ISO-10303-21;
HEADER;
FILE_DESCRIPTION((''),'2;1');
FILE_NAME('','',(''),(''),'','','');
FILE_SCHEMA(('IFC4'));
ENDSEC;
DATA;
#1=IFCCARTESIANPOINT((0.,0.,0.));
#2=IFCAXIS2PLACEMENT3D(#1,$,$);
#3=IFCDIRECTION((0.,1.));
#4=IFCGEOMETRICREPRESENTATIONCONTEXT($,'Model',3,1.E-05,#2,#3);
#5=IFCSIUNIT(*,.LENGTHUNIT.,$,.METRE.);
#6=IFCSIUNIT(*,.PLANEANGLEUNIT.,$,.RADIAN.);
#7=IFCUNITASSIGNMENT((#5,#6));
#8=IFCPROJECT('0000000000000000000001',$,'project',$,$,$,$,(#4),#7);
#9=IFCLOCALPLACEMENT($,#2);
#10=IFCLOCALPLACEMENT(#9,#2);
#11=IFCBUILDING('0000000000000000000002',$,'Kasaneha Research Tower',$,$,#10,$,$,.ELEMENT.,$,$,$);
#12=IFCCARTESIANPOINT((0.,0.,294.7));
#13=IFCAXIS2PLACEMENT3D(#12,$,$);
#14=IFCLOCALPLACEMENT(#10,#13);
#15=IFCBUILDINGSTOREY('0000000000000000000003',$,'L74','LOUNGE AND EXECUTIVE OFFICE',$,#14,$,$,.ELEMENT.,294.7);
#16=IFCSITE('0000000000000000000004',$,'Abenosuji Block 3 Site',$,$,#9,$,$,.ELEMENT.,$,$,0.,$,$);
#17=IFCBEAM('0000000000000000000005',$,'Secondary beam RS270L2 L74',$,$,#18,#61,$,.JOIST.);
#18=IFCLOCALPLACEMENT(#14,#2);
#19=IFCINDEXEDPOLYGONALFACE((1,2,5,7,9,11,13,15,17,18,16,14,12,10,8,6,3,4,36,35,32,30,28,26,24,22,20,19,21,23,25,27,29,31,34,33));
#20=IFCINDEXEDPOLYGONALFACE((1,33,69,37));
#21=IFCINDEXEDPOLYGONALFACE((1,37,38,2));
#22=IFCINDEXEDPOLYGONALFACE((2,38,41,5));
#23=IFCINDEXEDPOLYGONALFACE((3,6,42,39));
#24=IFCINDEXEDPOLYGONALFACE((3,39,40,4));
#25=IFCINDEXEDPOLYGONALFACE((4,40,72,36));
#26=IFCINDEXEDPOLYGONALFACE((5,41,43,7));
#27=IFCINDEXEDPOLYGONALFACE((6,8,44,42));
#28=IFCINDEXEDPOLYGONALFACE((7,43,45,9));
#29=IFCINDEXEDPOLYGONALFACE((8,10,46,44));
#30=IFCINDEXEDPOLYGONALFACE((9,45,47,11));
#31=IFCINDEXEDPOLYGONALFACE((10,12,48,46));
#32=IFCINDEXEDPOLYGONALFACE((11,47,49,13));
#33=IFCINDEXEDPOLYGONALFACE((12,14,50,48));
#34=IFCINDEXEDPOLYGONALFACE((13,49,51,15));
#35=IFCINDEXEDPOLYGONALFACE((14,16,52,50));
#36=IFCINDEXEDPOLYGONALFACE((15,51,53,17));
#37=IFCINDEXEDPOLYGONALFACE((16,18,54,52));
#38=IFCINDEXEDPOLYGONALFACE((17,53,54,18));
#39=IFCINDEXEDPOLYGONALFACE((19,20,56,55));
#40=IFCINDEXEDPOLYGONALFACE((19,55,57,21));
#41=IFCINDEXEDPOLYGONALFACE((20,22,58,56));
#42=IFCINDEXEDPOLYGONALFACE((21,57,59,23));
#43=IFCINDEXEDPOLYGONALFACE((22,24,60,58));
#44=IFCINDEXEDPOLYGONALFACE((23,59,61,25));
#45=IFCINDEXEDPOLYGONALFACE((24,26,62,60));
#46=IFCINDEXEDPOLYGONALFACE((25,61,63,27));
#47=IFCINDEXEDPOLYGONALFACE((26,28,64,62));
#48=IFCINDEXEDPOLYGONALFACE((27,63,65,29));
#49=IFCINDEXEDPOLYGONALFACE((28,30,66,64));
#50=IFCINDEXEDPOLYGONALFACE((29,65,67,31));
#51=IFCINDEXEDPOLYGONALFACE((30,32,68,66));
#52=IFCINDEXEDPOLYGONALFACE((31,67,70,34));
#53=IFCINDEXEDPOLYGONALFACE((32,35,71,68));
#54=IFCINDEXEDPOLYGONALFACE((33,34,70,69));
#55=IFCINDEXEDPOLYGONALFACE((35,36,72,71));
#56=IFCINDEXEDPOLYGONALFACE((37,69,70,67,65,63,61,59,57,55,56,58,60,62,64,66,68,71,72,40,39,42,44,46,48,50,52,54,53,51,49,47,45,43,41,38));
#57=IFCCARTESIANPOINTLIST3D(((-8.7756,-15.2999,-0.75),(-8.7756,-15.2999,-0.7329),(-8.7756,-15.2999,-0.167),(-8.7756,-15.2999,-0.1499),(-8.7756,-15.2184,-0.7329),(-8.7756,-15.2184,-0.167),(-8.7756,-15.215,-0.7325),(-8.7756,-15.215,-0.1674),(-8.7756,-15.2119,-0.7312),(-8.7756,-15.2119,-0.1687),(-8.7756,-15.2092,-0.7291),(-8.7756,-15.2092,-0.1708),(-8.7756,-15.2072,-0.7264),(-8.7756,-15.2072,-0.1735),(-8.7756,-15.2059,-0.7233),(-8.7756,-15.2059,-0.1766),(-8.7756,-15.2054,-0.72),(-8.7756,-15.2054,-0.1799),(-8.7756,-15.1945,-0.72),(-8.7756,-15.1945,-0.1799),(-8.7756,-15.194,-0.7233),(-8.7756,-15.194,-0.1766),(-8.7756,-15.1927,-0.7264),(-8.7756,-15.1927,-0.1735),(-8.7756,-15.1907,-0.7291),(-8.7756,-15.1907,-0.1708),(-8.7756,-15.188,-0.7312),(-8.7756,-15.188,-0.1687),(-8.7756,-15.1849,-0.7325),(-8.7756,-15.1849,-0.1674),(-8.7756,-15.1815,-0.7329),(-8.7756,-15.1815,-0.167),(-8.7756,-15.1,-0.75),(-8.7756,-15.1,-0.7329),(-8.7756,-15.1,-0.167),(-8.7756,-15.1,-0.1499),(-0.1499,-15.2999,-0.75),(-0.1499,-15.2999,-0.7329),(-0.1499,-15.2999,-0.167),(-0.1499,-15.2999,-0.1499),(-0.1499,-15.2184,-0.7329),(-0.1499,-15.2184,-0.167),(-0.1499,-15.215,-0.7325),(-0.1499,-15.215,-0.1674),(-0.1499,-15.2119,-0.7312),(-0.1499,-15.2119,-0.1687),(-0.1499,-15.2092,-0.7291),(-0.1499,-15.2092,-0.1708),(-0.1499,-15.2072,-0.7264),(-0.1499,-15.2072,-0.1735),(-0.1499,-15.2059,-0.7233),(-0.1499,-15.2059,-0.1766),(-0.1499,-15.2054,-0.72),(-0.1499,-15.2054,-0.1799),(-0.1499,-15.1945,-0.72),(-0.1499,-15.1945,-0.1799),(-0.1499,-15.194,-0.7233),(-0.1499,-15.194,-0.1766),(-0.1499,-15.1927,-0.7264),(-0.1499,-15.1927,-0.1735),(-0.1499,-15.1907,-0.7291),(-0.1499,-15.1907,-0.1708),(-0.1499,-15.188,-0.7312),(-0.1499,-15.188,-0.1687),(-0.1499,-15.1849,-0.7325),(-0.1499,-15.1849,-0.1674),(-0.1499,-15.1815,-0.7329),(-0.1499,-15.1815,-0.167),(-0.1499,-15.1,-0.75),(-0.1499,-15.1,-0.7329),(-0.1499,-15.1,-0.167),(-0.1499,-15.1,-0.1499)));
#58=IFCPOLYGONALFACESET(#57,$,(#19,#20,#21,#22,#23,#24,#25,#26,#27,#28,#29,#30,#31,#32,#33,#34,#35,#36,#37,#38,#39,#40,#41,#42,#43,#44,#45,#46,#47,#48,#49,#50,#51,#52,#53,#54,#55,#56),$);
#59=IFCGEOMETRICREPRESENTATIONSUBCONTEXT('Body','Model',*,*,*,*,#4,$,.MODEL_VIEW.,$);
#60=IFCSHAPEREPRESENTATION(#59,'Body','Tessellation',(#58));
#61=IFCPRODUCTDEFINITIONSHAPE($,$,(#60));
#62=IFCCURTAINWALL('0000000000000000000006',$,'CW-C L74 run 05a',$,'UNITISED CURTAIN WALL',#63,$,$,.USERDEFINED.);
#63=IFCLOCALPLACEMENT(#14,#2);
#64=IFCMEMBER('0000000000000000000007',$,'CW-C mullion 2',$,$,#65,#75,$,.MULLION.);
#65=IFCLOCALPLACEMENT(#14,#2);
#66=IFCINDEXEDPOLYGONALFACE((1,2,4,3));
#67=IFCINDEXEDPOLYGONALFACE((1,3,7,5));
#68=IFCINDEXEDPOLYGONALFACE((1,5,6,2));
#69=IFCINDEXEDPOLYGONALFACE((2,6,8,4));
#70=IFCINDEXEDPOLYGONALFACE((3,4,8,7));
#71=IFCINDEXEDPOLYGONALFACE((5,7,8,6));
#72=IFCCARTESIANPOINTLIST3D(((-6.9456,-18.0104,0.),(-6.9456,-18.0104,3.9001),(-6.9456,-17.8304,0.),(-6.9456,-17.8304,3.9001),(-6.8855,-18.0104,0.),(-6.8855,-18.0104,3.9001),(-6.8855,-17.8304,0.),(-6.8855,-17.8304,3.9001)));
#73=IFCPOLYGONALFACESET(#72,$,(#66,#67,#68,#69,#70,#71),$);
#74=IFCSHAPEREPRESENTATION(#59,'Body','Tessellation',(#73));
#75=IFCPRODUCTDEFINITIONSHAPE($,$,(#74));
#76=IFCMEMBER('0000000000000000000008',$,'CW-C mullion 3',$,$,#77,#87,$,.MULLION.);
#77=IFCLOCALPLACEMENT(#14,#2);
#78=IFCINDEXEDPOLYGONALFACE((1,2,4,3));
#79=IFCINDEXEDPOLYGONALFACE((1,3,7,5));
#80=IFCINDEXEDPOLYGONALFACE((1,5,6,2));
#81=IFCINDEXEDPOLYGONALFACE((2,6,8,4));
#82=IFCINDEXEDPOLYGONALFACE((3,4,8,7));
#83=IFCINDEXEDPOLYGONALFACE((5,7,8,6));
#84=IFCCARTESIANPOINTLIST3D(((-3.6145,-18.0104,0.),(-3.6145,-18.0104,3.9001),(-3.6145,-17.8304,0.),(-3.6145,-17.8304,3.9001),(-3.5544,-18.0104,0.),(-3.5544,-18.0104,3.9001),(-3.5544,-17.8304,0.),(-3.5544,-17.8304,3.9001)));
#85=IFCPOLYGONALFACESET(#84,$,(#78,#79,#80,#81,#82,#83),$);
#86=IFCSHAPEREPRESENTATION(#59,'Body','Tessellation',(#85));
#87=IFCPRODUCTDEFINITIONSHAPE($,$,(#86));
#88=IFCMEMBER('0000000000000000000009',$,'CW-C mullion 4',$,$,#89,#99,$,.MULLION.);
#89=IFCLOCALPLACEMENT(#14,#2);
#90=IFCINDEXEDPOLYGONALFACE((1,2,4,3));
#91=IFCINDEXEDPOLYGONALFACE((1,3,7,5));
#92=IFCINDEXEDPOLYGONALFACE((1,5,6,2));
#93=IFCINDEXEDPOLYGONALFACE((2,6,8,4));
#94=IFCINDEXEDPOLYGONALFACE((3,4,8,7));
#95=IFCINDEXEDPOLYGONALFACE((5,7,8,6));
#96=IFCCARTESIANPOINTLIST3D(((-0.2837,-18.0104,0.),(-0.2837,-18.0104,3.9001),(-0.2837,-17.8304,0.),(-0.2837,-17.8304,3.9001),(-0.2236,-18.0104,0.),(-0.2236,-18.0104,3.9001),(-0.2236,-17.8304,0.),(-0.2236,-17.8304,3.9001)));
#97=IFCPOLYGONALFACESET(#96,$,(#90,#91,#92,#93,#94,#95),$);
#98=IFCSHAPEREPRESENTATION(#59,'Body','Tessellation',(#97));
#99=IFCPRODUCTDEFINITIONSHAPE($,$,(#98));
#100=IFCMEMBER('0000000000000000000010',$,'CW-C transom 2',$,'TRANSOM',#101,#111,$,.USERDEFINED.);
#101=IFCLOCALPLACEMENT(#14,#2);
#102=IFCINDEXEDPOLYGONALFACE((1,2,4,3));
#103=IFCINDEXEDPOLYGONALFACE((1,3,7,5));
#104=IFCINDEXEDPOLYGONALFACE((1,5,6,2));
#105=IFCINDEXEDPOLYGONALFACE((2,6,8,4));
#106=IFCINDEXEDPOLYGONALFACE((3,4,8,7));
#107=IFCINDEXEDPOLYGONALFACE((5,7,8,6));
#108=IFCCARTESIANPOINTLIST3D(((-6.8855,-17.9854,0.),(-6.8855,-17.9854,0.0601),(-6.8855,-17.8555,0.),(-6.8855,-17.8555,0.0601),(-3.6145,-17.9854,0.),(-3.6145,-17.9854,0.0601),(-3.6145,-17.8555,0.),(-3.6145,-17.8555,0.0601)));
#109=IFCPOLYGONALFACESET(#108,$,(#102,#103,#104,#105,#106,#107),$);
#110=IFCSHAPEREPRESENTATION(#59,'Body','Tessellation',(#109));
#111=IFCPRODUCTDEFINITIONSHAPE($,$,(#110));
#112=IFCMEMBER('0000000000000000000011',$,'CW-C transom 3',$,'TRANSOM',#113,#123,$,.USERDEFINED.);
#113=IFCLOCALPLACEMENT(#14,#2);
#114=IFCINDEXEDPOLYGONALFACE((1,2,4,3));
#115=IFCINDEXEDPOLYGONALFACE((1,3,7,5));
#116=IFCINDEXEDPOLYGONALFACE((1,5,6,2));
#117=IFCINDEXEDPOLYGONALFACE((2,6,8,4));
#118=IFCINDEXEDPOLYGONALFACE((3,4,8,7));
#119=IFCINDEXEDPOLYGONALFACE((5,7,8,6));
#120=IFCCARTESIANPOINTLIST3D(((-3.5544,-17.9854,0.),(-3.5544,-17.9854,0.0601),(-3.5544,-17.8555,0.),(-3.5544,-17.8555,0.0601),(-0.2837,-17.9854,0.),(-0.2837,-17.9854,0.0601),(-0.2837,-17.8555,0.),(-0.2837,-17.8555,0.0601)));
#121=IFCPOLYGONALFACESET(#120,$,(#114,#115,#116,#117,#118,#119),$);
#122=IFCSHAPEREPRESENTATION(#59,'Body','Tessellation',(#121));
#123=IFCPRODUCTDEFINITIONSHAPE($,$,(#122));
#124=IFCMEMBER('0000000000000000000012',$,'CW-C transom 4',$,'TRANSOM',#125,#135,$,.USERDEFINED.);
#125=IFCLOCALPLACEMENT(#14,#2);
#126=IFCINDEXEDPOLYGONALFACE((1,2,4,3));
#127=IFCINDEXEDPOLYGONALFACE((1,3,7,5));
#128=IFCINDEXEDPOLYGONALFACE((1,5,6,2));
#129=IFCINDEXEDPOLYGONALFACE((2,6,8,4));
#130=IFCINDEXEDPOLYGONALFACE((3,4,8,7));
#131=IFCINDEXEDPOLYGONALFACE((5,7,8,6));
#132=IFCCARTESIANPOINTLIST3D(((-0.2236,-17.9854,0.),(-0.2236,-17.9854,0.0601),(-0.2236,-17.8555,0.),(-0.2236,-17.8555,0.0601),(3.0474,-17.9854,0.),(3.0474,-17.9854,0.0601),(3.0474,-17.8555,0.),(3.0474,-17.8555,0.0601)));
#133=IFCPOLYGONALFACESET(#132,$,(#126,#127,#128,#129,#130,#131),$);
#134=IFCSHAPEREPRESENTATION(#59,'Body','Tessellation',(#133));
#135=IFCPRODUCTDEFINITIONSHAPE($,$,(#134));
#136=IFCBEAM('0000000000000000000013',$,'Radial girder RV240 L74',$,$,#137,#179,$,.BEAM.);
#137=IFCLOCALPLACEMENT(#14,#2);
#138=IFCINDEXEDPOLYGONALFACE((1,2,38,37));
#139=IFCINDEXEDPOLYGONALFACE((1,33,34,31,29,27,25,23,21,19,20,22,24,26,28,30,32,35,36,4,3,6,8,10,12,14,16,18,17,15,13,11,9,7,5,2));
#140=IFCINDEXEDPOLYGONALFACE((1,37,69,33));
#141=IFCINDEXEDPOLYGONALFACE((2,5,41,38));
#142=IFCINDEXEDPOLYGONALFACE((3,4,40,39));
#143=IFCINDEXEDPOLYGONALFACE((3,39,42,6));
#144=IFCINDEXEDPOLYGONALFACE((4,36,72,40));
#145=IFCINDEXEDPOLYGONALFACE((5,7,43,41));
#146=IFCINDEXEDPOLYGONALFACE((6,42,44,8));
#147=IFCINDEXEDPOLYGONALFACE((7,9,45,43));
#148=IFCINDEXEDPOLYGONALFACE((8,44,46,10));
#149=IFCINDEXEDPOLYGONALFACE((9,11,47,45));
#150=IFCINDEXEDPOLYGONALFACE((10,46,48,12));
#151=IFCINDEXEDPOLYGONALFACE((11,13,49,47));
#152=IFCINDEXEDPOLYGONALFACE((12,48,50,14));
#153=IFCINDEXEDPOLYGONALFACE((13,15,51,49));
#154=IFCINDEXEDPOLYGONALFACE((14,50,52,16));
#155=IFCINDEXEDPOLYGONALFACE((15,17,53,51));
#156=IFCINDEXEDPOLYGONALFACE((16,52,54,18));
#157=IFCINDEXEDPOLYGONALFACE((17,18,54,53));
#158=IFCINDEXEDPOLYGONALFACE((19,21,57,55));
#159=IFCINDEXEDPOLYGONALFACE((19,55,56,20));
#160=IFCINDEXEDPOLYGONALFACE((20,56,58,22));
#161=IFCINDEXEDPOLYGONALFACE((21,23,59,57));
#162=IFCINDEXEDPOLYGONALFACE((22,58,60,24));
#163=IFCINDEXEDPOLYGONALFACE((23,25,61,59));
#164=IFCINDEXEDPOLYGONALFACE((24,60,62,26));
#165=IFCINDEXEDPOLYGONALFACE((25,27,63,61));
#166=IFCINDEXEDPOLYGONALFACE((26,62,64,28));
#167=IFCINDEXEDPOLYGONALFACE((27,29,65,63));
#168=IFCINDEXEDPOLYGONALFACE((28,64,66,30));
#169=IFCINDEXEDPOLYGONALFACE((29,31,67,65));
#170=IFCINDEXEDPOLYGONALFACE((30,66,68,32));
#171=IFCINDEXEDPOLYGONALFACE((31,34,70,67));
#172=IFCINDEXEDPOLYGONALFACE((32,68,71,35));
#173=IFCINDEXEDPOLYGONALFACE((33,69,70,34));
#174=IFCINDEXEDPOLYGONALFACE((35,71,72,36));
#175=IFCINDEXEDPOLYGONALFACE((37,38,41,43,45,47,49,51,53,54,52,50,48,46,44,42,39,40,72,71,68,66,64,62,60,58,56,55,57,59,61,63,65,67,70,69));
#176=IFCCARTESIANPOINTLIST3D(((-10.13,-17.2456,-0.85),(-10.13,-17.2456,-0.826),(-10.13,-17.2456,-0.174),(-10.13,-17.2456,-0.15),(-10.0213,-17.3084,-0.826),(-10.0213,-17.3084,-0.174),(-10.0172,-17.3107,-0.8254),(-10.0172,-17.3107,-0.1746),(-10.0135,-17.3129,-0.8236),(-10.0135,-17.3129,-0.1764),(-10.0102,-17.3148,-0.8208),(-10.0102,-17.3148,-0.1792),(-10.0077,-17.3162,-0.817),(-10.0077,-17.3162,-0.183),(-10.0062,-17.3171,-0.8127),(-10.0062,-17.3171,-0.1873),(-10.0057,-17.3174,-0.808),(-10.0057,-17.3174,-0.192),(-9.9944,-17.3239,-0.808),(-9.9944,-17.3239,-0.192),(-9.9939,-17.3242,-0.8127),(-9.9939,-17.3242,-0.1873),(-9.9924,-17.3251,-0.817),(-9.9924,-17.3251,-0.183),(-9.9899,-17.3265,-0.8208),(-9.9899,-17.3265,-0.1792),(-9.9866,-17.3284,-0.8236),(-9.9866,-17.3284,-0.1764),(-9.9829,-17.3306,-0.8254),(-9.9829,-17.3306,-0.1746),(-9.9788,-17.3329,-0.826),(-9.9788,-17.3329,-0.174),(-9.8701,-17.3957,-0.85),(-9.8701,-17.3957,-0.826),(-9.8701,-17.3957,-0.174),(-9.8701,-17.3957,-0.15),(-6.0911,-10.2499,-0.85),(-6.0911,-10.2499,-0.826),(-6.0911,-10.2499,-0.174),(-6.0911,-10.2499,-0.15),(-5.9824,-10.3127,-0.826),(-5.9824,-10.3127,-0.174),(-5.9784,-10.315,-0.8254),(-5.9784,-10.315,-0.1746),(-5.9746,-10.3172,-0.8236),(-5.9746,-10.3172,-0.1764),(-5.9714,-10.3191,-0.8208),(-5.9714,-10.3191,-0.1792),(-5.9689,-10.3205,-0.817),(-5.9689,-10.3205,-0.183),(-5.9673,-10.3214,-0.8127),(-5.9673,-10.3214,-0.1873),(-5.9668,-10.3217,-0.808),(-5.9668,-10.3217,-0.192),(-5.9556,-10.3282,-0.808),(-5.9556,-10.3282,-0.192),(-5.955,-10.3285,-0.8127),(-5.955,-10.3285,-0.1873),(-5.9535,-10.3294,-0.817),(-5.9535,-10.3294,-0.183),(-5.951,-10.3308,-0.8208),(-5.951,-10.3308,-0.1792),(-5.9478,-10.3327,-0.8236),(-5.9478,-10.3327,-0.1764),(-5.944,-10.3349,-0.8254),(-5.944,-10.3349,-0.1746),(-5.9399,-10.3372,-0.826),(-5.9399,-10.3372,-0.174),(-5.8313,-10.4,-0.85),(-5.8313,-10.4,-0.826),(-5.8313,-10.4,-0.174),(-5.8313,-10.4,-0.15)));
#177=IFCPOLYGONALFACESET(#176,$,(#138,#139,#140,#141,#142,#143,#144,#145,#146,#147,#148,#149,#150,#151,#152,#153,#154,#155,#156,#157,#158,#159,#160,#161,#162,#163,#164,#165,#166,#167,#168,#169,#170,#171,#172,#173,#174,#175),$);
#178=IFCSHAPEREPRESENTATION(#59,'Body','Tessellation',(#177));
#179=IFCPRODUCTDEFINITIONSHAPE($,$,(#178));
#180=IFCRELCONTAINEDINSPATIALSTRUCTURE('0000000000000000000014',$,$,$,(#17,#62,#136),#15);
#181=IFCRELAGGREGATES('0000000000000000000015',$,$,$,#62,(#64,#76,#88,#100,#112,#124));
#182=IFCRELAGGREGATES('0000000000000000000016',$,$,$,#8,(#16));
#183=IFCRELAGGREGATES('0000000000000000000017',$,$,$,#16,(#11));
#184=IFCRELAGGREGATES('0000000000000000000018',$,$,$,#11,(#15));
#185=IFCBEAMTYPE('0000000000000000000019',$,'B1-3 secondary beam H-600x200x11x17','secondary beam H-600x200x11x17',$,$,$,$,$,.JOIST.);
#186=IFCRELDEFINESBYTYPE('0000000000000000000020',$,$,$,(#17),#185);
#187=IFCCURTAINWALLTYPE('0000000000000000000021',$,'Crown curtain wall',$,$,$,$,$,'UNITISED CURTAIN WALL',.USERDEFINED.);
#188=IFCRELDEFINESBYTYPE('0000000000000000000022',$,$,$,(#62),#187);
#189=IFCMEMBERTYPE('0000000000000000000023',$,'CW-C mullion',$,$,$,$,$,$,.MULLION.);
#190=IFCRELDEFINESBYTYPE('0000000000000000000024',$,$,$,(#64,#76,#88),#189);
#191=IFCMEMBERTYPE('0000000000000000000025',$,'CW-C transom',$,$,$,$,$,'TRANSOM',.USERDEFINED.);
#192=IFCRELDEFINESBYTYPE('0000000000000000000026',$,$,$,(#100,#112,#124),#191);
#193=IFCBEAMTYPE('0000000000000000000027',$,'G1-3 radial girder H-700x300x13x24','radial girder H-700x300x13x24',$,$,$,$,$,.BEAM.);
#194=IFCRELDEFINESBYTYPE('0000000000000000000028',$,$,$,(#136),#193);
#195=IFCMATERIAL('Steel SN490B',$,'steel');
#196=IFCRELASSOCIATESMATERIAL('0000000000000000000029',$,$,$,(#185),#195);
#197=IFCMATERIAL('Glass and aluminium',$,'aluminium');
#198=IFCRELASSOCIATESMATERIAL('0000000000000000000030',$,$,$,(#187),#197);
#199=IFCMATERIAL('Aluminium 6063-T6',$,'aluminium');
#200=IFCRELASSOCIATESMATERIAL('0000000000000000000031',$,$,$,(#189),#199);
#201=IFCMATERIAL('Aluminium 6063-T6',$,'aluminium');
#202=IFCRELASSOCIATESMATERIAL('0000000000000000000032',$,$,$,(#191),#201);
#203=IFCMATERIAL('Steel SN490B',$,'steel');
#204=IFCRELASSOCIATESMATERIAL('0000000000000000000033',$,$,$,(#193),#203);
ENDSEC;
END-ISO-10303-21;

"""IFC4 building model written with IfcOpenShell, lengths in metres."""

from ifc_helpers import new_model, si_unit, direction, frame, origin, origin_2d, place, context, subcontext, project, spatial, rectangle, i_section, extrude, material, material_profile, profile_set, type_object, element, aggregate, save


model = new_model("IFC4")

# Units and contexts
model_context = context("Model", 3, precision=1e-05, world=origin(), true_north=direction((0.0, 1.0)))
body_context = subcontext(model_context, "Body", "Model", "MODEL_VIEW")
ifc_project = project(units=[si_unit("LENGTHUNIT", "METRE"), si_unit("PLANEANGLEUNIT", "RADIAN")], contexts=[model_context])

# Site, building, storey
site_placement = place(None, origin())
site = spatial("IfcSite", under=ifc_project, at=site_placement, Name="Abenosuji Block 3 Site", CompositionType="ELEMENT", RefElevation=0.0)
building_placement = place(site_placement, origin())
building = spatial("IfcBuilding", under=site, at=building_placement, Name="Kasaneha Research Tower", CompositionType="ELEMENT")
storey_placement = place(building_placement, frame((0.0, 0.0, 294.7)))
storey = spatial("IfcBuildingStorey", under=building, at=storey_placement, Name="L74", Description="LOUNGE AND EXECUTIVE OFFICE", CompositionType="ELEMENT", Elevation=294.7)

# Beam
ifc_material_1 = material(Name="Steel SN490B", Category="steel")
ifc_material_profile_1 = material_profile(ifc_material_1, i_section(OverallWidth=0.2, OverallDepth=0.6001, WebThickness=0.011, FlangeThickness=0.0171, FilletRadius=0.0129, at=origin_2d()), Name="H-600x200x11x17")
ifc_profile_set_1 = profile_set([ifc_material_profile_1], Name="Steel SN490B")
beam_type_1 = type_object("IfcBeamType", Name="B1-3 secondary beam H-600x200x11x17", Description="secondary beam H-600x200x11x17", PredefinedType="JOIST", material=ifc_profile_set_1)
beam_1_placement = place(storey_placement, frame((-8.7756, -15.2, -0.45), z_axis=(1.0, 0.0, 0.0), x_axis=(0.0, 1.0, 0.0)))
element("IfcBeam", 1, at=beam_1_placement, inside=storey, type_object=beam_type_1, Name="Secondary beam RS270L2 L74", PredefinedType="JOIST", context=body_context, shape_type="SweptSolid", body=[
    extrude(i_section(OverallWidth=0.2, OverallDepth=0.6001, WebThickness=0.011, FlangeThickness=0.0171, FilletRadius=0.0129, at=origin_2d()), origin(), (0.0, 0.0, 1.0), 8.6257),
])

# Curtain wall, members
ifc_material_2 = material(Name="Glass and aluminium", Category="aluminium")
curtain_wall_type = type_object("IfcCurtainWallType", Name="Crown curtain wall", ElementType="UNITISED CURTAIN WALL", PredefinedType="USERDEFINED", material=ifc_material_2)
curtain_wall_placement = place(storey_placement, origin())
curtain_wall = element("IfcCurtainWall", 2, at=curtain_wall_placement, inside=storey, type_object=curtain_wall_type, Name="CW-C L74 run 05a", ObjectType="UNITISED CURTAIN WALL", PredefinedType="USERDEFINED")
ifc_material_3 = material(Name="Aluminium 6063-T6", Category="aluminium")
ifc_material_profile_2 = material_profile(ifc_material_3, rectangle(XDim=0.0601, YDim=0.1799, at=origin_2d()), Name="CW-C mullion 60x180")
ifc_profile_set_2 = profile_set([ifc_material_profile_2], Name="Aluminium 6063-T6")
member_type_1 = type_object("IfcMemberType", Name="CW-C mullion", PredefinedType="MULLION", material=ifc_profile_set_2)
member_1_placement = place(storey_placement, frame((-6.9155, -17.9204, 0.0), z_axis=(0.0, 0.0, 1.0), x_axis=(1.0, 0.0, 0.0)))
member_1 = element("IfcMember", 3, at=member_1_placement, type_object=member_type_1, Name="CW-C mullion 2", PredefinedType="MULLION", context=body_context, shape_type="SweptSolid", body=[
    extrude(rectangle(XDim=0.0601, YDim=0.1799, at=origin_2d()), origin(), (0.0, 0.0, 1.0), 3.9001),
])
member_2_placement = place(storey_placement, frame((-3.5845, -17.9204, 0.0), z_axis=(0.0, 0.0, 1.0), x_axis=(1.0, 0.0, 0.0)))
member_2 = element("IfcMember", 4, at=member_2_placement, type_object=member_type_1, Name="CW-C mullion 3", PredefinedType="MULLION", context=body_context, shape_type="SweptSolid", body=[
    extrude(rectangle(XDim=0.0601, YDim=0.1799, at=origin_2d()), origin(), (0.0, 0.0, 1.0), 3.9001),
])
member_3_placement = place(storey_placement, frame((-0.2537, -17.9204, 0.0), z_axis=(0.0, 0.0, 1.0), x_axis=(1.0, 0.0, 0.0)))
member_3 = element("IfcMember", 5, at=member_3_placement, type_object=member_type_1, Name="CW-C mullion 4", PredefinedType="MULLION", context=body_context, shape_type="SweptSolid", body=[
    extrude(rectangle(XDim=0.0601, YDim=0.1799, at=origin_2d()), origin(), (0.0, 0.0, 1.0), 3.9001),
])
ifc_material_4 = material(Name="Aluminium 6063-T6", Category="aluminium")
ifc_material_profile_3 = material_profile(ifc_material_4, rectangle(XDim=0.1299, YDim=0.0601, at=origin_2d()), Name="CW-C transom 130x60")
ifc_profile_set_3 = profile_set([ifc_material_profile_3], Name="Aluminium 6063-T6")
member_type_2 = type_object("IfcMemberType", Name="CW-C transom", ElementType="TRANSOM", PredefinedType="USERDEFINED", material=ifc_profile_set_3)
member_4_placement = place(storey_placement, frame((-6.8855, -17.9204, 0.03), z_axis=(1.0, 0.0, 0.0), x_axis=(0.0, 1.0, 0.0)))
member_4 = element("IfcMember", 6, at=member_4_placement, type_object=member_type_2, Name="CW-C transom 2", ObjectType="TRANSOM", PredefinedType="USERDEFINED", context=body_context, shape_type="SweptSolid", body=[
    extrude(rectangle(XDim=0.1299, YDim=0.0601, at=origin_2d()), origin(), (0.0, 0.0, 1.0), 3.271),
])
member_5_placement = place(storey_placement, frame((-3.5544, -17.9204, 0.03), z_axis=(1.0, 0.0, 0.0), x_axis=(0.0, 1.0, 0.0)))
member_5 = element("IfcMember", 7, at=member_5_placement, type_object=member_type_2, Name="CW-C transom 3", ObjectType="TRANSOM", PredefinedType="USERDEFINED", context=body_context, shape_type="SweptSolid", body=[
    extrude(rectangle(XDim=0.1299, YDim=0.0601, at=origin_2d()), origin(), (0.0, 0.0, 1.0), 3.2708),
])
member_6_placement = place(storey_placement, frame((-0.2236, -17.9204, 0.03), z_axis=(1.0, 0.0, 0.0), x_axis=(0.0, 1.0, 0.0)))
member_6 = element("IfcMember", 8, at=member_6_placement, type_object=member_type_2, Name="CW-C transom 4", ObjectType="TRANSOM", PredefinedType="USERDEFINED", context=body_context, shape_type="SweptSolid", body=[
    extrude(rectangle(XDim=0.1299, YDim=0.0601, at=origin_2d()), origin(), (0.0, 0.0, 1.0), 3.271),
])

# Beam
ifc_material_5 = material(Name="Steel SN490B", Category="steel")
ifc_material_profile_4 = material_profile(ifc_material_5, i_section(OverallWidth=0.3, OverallDepth=0.7, WebThickness=0.0129, FlangeThickness=0.0239, FilletRadius=0.0181, at=origin_2d()), Name="H-700x300x13x24")
ifc_profile_set_4 = profile_set([ifc_material_profile_4], Name="Steel SN490B")
beam_type_2 = type_object("IfcBeamType", Name="G1-3 radial girder H-700x300x13x24", Description="radial girder H-700x300x13x24", PredefinedType="BEAM", material=ifc_profile_set_4)
beam_2_placement = place(storey_placement, frame((-5.9612, -10.325, -0.5), z_axis=(-0.499991, -0.866031, 0.0), x_axis=(0.866031, -0.499991, 0.0)))
element("IfcBeam", 9, at=beam_2_placement, inside=storey, type_object=beam_type_2, Name="Radial girder RV240 L74", PredefinedType="BEAM", context=body_context, shape_type="SweptSolid", body=[
    extrude(i_section(OverallWidth=0.3, OverallDepth=0.7, WebThickness=0.0129, FlangeThickness=0.0239, FilletRadius=0.0181, at=origin_2d()), origin(), (0.0, 0.0, 1.0), 8.0779),
])

aggregate(curtain_wall, [member_1, member_2, member_3, member_4, member_5, member_6])

save(model, "model.ifc")
